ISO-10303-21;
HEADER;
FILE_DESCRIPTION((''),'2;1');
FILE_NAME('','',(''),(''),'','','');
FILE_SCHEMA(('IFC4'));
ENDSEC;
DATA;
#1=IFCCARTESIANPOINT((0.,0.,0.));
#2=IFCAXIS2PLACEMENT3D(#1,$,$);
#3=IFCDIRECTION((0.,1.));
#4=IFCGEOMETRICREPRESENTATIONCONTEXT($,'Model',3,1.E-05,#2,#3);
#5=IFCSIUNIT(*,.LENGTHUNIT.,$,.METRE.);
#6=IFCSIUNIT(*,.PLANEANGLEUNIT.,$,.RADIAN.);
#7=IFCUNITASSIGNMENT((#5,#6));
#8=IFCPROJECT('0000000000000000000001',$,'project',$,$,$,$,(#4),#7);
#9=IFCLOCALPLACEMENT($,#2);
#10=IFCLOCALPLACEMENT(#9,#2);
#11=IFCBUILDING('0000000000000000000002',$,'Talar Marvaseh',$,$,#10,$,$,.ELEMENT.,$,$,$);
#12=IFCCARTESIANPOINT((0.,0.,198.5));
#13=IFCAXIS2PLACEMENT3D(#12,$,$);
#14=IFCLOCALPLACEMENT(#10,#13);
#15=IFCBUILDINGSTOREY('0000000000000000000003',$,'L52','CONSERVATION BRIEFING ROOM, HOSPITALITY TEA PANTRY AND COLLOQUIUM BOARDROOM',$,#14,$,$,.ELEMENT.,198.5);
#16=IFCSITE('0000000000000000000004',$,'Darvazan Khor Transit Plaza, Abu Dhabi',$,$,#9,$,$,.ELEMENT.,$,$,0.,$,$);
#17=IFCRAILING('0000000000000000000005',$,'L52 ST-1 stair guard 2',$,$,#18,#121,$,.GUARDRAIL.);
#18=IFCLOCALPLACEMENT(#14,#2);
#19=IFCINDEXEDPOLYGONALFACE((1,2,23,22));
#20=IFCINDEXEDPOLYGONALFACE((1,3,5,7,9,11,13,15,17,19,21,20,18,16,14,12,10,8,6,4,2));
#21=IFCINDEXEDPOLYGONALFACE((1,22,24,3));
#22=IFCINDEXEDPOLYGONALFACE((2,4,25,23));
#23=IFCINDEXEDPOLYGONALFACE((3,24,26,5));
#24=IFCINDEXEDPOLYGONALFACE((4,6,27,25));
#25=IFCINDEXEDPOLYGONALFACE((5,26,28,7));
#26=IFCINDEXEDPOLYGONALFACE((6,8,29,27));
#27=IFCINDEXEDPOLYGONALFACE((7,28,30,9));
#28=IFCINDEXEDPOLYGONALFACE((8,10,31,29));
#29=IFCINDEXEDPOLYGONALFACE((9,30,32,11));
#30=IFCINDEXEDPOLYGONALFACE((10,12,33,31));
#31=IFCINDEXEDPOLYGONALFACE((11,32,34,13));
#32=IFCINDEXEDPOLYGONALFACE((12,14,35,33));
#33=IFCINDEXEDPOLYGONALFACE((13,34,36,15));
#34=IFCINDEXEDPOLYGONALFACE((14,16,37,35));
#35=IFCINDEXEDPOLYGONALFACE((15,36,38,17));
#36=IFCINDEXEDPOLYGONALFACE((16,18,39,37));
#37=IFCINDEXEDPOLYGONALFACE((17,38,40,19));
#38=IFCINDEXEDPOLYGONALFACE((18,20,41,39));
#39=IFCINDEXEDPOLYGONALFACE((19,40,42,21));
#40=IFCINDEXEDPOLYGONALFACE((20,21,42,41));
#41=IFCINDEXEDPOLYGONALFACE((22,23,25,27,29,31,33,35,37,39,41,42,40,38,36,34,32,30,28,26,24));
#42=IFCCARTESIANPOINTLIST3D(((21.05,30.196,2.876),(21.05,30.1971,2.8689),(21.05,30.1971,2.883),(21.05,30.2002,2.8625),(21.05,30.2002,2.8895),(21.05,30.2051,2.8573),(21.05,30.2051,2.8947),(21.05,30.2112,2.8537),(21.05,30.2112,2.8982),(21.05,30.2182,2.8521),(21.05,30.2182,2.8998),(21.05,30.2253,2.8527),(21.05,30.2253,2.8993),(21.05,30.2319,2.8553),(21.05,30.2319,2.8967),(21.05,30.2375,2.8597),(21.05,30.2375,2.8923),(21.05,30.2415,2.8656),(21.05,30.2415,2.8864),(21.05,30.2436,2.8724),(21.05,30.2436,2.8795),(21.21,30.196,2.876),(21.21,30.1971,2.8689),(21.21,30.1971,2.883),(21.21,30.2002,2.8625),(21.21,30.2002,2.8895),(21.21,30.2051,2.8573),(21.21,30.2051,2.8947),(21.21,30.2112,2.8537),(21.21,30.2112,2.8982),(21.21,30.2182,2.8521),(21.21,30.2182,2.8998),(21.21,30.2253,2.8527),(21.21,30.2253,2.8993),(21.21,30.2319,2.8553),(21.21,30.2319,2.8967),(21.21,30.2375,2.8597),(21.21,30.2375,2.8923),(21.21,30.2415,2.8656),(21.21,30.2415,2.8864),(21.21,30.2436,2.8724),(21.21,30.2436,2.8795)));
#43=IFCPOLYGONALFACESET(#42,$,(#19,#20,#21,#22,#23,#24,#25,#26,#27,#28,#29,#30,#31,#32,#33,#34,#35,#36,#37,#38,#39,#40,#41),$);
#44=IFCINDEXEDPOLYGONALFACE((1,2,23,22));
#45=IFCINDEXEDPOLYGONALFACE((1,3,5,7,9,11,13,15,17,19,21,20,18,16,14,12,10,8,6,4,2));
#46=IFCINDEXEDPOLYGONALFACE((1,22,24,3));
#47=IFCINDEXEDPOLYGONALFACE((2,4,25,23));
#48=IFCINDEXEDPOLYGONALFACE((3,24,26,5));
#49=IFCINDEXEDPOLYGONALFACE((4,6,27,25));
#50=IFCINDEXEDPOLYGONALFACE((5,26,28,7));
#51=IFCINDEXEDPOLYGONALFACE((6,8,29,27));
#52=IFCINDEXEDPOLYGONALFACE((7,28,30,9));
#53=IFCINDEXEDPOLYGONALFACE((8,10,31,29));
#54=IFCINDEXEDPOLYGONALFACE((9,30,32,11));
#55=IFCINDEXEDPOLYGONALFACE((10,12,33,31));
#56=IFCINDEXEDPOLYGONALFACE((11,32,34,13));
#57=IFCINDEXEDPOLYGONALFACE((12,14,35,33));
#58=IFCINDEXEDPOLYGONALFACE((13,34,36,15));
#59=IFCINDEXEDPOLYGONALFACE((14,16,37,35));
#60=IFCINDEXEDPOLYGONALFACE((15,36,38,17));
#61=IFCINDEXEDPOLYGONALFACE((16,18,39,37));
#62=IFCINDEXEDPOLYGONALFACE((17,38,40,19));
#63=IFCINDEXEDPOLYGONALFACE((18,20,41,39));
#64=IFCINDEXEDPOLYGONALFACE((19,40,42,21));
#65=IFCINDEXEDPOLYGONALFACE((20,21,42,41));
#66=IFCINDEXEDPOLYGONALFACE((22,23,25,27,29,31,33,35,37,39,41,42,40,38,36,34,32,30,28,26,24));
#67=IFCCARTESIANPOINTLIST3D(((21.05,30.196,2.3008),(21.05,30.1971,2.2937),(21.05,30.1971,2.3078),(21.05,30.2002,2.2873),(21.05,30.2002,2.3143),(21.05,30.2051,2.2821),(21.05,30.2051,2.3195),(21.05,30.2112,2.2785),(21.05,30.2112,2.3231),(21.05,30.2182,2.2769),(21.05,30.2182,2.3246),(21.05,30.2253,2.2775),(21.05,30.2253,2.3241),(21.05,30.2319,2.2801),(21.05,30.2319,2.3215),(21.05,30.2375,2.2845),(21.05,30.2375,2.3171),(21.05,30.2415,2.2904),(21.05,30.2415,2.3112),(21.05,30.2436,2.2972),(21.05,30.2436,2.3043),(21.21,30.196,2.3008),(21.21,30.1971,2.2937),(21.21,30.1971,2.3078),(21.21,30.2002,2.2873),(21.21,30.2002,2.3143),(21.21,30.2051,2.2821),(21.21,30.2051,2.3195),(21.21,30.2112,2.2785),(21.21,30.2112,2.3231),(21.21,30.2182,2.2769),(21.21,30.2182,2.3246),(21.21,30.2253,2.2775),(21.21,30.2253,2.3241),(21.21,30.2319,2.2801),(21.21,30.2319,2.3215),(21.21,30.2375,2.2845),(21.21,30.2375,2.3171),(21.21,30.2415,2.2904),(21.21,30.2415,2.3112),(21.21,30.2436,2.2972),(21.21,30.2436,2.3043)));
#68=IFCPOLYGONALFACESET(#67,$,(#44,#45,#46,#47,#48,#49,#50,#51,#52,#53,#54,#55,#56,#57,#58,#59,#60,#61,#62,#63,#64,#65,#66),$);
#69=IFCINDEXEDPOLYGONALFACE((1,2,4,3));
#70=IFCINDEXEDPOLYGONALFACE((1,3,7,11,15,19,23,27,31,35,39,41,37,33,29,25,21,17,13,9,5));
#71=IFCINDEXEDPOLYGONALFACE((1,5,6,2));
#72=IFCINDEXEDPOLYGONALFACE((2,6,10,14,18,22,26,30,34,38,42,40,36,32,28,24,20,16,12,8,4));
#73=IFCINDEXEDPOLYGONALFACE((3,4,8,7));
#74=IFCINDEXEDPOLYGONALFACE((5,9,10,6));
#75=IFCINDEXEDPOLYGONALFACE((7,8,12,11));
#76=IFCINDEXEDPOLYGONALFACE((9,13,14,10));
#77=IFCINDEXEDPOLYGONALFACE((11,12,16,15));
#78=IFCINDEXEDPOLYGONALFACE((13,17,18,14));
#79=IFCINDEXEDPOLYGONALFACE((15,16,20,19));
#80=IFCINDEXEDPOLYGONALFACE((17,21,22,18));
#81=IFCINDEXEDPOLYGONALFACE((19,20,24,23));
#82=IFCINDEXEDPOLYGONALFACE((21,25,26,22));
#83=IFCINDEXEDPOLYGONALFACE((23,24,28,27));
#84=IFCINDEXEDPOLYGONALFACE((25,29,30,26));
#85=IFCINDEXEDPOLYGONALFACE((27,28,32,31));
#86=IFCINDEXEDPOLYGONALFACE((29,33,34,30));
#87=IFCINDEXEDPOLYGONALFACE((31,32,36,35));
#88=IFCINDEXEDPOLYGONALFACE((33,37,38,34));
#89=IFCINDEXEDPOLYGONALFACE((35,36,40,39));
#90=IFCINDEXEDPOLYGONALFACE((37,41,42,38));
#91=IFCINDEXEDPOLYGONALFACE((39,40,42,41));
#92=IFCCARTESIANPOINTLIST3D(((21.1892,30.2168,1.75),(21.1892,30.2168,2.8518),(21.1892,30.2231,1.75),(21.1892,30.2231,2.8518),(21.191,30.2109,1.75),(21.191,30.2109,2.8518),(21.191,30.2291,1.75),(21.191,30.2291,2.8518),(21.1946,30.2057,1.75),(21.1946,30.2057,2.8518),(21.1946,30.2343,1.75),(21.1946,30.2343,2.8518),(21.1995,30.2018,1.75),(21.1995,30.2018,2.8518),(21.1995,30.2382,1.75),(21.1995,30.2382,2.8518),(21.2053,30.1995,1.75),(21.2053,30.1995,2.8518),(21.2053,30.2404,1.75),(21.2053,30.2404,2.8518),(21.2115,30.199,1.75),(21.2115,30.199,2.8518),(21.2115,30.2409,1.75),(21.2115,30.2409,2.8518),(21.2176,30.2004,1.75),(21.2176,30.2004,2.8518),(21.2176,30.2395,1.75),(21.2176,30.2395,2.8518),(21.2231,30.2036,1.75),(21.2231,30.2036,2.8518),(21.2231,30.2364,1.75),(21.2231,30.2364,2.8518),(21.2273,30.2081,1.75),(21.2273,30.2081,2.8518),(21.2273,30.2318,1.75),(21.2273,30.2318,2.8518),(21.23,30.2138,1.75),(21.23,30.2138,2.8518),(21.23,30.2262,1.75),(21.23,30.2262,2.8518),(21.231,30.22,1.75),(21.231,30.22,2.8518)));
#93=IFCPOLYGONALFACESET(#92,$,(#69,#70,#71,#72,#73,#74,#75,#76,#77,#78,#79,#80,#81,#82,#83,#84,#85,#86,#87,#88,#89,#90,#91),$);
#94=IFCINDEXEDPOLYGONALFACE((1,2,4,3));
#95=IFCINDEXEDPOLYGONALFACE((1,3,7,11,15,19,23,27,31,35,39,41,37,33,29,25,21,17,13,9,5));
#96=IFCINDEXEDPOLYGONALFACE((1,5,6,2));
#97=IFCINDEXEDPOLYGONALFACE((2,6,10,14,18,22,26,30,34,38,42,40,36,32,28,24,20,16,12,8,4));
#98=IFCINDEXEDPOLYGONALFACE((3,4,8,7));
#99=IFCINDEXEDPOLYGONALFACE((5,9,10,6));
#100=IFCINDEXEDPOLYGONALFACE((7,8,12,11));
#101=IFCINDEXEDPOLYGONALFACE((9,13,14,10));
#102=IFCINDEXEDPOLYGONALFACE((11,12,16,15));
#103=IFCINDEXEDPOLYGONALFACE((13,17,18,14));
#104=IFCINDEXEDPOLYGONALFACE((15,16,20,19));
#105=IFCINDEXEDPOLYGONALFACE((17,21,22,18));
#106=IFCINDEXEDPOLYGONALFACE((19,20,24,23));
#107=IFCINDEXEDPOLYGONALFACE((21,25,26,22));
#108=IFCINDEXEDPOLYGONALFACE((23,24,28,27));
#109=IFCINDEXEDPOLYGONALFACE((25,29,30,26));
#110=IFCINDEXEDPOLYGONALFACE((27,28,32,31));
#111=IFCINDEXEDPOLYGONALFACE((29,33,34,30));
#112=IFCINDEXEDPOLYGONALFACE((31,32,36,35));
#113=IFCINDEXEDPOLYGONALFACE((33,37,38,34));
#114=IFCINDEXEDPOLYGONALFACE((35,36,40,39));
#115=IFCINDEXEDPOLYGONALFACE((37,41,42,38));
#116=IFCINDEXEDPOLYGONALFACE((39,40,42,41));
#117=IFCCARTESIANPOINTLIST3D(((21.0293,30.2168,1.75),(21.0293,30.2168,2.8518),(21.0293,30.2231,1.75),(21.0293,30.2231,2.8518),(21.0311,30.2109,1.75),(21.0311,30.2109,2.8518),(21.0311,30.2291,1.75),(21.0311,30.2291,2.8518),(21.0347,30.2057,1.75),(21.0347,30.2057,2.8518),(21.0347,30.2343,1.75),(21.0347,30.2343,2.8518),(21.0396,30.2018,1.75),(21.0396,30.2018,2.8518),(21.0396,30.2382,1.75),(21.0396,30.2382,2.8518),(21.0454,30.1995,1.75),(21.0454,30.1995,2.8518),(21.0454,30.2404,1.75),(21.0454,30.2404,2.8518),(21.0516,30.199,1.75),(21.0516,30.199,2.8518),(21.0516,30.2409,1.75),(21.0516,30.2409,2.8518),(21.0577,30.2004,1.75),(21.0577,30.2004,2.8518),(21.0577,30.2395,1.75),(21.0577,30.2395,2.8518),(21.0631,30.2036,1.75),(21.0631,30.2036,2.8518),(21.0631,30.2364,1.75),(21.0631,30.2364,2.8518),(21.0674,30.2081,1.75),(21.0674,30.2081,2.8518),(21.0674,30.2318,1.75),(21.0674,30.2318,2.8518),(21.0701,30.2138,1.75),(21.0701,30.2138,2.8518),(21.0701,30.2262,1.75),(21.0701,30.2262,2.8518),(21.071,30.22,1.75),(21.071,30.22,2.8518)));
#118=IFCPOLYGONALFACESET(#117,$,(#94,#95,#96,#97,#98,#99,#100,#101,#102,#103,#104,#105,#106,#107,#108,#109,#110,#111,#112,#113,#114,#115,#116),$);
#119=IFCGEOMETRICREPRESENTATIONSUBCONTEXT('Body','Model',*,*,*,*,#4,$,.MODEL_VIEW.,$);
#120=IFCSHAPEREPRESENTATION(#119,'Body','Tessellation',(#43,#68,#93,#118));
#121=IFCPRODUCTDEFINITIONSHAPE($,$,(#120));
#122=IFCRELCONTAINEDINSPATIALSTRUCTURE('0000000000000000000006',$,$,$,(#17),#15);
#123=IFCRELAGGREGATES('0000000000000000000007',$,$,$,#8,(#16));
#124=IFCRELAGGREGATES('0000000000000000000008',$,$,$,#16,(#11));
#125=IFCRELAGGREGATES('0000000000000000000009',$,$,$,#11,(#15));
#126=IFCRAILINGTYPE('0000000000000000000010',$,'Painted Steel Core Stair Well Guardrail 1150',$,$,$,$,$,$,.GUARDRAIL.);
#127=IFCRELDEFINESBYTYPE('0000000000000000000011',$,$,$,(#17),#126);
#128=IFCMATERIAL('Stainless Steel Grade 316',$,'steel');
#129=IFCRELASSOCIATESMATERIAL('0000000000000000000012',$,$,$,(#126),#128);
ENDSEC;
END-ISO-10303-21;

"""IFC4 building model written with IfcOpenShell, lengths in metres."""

from ifc_helpers import new_model, si_unit, direction, frame, origin, origin_2d, place, context, subcontext, project, spatial, circle, extrude, material, type_object, element, save


model = new_model("IFC4")

# Units and contexts
model_context = context("Model", 3, precision=1e-05, world=origin(), true_north=direction((0.0, 1.0)))
body_context = subcontext(model_context, "Body", "Model", "MODEL_VIEW")
ifc_project = project(units=[si_unit("LENGTHUNIT", "METRE"), si_unit("PLANEANGLEUNIT", "RADIAN")], contexts=[model_context])

# Site, building, storey
site_placement = place(None, origin())
site = spatial("IfcSite", under=ifc_project, at=site_placement, Name="Darvazan Khor Transit Plaza, Abu Dhabi", CompositionType="ELEMENT", RefElevation=0.0)
building_placement = place(site_placement, origin())
building = spatial("IfcBuilding", under=site, at=building_placement, Name="Talar Marvaseh", CompositionType="ELEMENT")
storey_placement = place(building_placement, frame((0.0, 0.0, 198.5)))
storey = spatial("IfcBuildingStorey", under=building, at=storey_placement, Name="L52", Description="CONSERVATION BRIEFING ROOM, HOSPITALITY TEA PANTRY AND COLLOQUIUM BOARDROOM", CompositionType="ELEMENT", Elevation=198.5)

# Railing
ifc_material_1 = material(Name="Stainless Steel Grade 316", Category="steel")
railing_type_1 = type_object("IfcRailingType", Name="Painted Steel Core Stair Well Guardrail 1150", PredefinedType="GUARDRAIL", material=ifc_material_1)
railing_1_placement = place(storey_placement, frame((21.21, 30.22, 1.75)))
element("IfcRailing", 1, at=railing_1_placement, inside=storey, type_object=railing_type_1, Name="L52 ST-1 stair guard 2", PredefinedType="GUARDRAIL", context=body_context, shape_type="SweptSolid", body=[
    extrude(circle(Radius=0.0239, at=origin_2d()), frame((0.0, 0.0, 1.126), z_axis=(-1.0, 0.0, 0.0), x_axis=(0.0, -1.0, 0.0)), (0.0, 0.0, 1.0), 0.1599),
    extrude(circle(Radius=0.0239, at=origin_2d()), frame((0.0, 0.0, 0.5508), z_axis=(-1.0, 0.0, 0.0), x_axis=(0.0, -1.0, 0.0)), (0.0, 0.0, 1.0), 0.1599),
    extrude(circle(Radius=0.021, at=origin_2d()), origin(), (0.0, 0.0, 1.0), 1.1018),
    extrude(circle(Radius=0.021, at=origin_2d()), frame((-0.1599, 0.0, 0.0)), (0.0, 0.0, 1.0), 1.1018),
])

save(model, "model.ifc")
